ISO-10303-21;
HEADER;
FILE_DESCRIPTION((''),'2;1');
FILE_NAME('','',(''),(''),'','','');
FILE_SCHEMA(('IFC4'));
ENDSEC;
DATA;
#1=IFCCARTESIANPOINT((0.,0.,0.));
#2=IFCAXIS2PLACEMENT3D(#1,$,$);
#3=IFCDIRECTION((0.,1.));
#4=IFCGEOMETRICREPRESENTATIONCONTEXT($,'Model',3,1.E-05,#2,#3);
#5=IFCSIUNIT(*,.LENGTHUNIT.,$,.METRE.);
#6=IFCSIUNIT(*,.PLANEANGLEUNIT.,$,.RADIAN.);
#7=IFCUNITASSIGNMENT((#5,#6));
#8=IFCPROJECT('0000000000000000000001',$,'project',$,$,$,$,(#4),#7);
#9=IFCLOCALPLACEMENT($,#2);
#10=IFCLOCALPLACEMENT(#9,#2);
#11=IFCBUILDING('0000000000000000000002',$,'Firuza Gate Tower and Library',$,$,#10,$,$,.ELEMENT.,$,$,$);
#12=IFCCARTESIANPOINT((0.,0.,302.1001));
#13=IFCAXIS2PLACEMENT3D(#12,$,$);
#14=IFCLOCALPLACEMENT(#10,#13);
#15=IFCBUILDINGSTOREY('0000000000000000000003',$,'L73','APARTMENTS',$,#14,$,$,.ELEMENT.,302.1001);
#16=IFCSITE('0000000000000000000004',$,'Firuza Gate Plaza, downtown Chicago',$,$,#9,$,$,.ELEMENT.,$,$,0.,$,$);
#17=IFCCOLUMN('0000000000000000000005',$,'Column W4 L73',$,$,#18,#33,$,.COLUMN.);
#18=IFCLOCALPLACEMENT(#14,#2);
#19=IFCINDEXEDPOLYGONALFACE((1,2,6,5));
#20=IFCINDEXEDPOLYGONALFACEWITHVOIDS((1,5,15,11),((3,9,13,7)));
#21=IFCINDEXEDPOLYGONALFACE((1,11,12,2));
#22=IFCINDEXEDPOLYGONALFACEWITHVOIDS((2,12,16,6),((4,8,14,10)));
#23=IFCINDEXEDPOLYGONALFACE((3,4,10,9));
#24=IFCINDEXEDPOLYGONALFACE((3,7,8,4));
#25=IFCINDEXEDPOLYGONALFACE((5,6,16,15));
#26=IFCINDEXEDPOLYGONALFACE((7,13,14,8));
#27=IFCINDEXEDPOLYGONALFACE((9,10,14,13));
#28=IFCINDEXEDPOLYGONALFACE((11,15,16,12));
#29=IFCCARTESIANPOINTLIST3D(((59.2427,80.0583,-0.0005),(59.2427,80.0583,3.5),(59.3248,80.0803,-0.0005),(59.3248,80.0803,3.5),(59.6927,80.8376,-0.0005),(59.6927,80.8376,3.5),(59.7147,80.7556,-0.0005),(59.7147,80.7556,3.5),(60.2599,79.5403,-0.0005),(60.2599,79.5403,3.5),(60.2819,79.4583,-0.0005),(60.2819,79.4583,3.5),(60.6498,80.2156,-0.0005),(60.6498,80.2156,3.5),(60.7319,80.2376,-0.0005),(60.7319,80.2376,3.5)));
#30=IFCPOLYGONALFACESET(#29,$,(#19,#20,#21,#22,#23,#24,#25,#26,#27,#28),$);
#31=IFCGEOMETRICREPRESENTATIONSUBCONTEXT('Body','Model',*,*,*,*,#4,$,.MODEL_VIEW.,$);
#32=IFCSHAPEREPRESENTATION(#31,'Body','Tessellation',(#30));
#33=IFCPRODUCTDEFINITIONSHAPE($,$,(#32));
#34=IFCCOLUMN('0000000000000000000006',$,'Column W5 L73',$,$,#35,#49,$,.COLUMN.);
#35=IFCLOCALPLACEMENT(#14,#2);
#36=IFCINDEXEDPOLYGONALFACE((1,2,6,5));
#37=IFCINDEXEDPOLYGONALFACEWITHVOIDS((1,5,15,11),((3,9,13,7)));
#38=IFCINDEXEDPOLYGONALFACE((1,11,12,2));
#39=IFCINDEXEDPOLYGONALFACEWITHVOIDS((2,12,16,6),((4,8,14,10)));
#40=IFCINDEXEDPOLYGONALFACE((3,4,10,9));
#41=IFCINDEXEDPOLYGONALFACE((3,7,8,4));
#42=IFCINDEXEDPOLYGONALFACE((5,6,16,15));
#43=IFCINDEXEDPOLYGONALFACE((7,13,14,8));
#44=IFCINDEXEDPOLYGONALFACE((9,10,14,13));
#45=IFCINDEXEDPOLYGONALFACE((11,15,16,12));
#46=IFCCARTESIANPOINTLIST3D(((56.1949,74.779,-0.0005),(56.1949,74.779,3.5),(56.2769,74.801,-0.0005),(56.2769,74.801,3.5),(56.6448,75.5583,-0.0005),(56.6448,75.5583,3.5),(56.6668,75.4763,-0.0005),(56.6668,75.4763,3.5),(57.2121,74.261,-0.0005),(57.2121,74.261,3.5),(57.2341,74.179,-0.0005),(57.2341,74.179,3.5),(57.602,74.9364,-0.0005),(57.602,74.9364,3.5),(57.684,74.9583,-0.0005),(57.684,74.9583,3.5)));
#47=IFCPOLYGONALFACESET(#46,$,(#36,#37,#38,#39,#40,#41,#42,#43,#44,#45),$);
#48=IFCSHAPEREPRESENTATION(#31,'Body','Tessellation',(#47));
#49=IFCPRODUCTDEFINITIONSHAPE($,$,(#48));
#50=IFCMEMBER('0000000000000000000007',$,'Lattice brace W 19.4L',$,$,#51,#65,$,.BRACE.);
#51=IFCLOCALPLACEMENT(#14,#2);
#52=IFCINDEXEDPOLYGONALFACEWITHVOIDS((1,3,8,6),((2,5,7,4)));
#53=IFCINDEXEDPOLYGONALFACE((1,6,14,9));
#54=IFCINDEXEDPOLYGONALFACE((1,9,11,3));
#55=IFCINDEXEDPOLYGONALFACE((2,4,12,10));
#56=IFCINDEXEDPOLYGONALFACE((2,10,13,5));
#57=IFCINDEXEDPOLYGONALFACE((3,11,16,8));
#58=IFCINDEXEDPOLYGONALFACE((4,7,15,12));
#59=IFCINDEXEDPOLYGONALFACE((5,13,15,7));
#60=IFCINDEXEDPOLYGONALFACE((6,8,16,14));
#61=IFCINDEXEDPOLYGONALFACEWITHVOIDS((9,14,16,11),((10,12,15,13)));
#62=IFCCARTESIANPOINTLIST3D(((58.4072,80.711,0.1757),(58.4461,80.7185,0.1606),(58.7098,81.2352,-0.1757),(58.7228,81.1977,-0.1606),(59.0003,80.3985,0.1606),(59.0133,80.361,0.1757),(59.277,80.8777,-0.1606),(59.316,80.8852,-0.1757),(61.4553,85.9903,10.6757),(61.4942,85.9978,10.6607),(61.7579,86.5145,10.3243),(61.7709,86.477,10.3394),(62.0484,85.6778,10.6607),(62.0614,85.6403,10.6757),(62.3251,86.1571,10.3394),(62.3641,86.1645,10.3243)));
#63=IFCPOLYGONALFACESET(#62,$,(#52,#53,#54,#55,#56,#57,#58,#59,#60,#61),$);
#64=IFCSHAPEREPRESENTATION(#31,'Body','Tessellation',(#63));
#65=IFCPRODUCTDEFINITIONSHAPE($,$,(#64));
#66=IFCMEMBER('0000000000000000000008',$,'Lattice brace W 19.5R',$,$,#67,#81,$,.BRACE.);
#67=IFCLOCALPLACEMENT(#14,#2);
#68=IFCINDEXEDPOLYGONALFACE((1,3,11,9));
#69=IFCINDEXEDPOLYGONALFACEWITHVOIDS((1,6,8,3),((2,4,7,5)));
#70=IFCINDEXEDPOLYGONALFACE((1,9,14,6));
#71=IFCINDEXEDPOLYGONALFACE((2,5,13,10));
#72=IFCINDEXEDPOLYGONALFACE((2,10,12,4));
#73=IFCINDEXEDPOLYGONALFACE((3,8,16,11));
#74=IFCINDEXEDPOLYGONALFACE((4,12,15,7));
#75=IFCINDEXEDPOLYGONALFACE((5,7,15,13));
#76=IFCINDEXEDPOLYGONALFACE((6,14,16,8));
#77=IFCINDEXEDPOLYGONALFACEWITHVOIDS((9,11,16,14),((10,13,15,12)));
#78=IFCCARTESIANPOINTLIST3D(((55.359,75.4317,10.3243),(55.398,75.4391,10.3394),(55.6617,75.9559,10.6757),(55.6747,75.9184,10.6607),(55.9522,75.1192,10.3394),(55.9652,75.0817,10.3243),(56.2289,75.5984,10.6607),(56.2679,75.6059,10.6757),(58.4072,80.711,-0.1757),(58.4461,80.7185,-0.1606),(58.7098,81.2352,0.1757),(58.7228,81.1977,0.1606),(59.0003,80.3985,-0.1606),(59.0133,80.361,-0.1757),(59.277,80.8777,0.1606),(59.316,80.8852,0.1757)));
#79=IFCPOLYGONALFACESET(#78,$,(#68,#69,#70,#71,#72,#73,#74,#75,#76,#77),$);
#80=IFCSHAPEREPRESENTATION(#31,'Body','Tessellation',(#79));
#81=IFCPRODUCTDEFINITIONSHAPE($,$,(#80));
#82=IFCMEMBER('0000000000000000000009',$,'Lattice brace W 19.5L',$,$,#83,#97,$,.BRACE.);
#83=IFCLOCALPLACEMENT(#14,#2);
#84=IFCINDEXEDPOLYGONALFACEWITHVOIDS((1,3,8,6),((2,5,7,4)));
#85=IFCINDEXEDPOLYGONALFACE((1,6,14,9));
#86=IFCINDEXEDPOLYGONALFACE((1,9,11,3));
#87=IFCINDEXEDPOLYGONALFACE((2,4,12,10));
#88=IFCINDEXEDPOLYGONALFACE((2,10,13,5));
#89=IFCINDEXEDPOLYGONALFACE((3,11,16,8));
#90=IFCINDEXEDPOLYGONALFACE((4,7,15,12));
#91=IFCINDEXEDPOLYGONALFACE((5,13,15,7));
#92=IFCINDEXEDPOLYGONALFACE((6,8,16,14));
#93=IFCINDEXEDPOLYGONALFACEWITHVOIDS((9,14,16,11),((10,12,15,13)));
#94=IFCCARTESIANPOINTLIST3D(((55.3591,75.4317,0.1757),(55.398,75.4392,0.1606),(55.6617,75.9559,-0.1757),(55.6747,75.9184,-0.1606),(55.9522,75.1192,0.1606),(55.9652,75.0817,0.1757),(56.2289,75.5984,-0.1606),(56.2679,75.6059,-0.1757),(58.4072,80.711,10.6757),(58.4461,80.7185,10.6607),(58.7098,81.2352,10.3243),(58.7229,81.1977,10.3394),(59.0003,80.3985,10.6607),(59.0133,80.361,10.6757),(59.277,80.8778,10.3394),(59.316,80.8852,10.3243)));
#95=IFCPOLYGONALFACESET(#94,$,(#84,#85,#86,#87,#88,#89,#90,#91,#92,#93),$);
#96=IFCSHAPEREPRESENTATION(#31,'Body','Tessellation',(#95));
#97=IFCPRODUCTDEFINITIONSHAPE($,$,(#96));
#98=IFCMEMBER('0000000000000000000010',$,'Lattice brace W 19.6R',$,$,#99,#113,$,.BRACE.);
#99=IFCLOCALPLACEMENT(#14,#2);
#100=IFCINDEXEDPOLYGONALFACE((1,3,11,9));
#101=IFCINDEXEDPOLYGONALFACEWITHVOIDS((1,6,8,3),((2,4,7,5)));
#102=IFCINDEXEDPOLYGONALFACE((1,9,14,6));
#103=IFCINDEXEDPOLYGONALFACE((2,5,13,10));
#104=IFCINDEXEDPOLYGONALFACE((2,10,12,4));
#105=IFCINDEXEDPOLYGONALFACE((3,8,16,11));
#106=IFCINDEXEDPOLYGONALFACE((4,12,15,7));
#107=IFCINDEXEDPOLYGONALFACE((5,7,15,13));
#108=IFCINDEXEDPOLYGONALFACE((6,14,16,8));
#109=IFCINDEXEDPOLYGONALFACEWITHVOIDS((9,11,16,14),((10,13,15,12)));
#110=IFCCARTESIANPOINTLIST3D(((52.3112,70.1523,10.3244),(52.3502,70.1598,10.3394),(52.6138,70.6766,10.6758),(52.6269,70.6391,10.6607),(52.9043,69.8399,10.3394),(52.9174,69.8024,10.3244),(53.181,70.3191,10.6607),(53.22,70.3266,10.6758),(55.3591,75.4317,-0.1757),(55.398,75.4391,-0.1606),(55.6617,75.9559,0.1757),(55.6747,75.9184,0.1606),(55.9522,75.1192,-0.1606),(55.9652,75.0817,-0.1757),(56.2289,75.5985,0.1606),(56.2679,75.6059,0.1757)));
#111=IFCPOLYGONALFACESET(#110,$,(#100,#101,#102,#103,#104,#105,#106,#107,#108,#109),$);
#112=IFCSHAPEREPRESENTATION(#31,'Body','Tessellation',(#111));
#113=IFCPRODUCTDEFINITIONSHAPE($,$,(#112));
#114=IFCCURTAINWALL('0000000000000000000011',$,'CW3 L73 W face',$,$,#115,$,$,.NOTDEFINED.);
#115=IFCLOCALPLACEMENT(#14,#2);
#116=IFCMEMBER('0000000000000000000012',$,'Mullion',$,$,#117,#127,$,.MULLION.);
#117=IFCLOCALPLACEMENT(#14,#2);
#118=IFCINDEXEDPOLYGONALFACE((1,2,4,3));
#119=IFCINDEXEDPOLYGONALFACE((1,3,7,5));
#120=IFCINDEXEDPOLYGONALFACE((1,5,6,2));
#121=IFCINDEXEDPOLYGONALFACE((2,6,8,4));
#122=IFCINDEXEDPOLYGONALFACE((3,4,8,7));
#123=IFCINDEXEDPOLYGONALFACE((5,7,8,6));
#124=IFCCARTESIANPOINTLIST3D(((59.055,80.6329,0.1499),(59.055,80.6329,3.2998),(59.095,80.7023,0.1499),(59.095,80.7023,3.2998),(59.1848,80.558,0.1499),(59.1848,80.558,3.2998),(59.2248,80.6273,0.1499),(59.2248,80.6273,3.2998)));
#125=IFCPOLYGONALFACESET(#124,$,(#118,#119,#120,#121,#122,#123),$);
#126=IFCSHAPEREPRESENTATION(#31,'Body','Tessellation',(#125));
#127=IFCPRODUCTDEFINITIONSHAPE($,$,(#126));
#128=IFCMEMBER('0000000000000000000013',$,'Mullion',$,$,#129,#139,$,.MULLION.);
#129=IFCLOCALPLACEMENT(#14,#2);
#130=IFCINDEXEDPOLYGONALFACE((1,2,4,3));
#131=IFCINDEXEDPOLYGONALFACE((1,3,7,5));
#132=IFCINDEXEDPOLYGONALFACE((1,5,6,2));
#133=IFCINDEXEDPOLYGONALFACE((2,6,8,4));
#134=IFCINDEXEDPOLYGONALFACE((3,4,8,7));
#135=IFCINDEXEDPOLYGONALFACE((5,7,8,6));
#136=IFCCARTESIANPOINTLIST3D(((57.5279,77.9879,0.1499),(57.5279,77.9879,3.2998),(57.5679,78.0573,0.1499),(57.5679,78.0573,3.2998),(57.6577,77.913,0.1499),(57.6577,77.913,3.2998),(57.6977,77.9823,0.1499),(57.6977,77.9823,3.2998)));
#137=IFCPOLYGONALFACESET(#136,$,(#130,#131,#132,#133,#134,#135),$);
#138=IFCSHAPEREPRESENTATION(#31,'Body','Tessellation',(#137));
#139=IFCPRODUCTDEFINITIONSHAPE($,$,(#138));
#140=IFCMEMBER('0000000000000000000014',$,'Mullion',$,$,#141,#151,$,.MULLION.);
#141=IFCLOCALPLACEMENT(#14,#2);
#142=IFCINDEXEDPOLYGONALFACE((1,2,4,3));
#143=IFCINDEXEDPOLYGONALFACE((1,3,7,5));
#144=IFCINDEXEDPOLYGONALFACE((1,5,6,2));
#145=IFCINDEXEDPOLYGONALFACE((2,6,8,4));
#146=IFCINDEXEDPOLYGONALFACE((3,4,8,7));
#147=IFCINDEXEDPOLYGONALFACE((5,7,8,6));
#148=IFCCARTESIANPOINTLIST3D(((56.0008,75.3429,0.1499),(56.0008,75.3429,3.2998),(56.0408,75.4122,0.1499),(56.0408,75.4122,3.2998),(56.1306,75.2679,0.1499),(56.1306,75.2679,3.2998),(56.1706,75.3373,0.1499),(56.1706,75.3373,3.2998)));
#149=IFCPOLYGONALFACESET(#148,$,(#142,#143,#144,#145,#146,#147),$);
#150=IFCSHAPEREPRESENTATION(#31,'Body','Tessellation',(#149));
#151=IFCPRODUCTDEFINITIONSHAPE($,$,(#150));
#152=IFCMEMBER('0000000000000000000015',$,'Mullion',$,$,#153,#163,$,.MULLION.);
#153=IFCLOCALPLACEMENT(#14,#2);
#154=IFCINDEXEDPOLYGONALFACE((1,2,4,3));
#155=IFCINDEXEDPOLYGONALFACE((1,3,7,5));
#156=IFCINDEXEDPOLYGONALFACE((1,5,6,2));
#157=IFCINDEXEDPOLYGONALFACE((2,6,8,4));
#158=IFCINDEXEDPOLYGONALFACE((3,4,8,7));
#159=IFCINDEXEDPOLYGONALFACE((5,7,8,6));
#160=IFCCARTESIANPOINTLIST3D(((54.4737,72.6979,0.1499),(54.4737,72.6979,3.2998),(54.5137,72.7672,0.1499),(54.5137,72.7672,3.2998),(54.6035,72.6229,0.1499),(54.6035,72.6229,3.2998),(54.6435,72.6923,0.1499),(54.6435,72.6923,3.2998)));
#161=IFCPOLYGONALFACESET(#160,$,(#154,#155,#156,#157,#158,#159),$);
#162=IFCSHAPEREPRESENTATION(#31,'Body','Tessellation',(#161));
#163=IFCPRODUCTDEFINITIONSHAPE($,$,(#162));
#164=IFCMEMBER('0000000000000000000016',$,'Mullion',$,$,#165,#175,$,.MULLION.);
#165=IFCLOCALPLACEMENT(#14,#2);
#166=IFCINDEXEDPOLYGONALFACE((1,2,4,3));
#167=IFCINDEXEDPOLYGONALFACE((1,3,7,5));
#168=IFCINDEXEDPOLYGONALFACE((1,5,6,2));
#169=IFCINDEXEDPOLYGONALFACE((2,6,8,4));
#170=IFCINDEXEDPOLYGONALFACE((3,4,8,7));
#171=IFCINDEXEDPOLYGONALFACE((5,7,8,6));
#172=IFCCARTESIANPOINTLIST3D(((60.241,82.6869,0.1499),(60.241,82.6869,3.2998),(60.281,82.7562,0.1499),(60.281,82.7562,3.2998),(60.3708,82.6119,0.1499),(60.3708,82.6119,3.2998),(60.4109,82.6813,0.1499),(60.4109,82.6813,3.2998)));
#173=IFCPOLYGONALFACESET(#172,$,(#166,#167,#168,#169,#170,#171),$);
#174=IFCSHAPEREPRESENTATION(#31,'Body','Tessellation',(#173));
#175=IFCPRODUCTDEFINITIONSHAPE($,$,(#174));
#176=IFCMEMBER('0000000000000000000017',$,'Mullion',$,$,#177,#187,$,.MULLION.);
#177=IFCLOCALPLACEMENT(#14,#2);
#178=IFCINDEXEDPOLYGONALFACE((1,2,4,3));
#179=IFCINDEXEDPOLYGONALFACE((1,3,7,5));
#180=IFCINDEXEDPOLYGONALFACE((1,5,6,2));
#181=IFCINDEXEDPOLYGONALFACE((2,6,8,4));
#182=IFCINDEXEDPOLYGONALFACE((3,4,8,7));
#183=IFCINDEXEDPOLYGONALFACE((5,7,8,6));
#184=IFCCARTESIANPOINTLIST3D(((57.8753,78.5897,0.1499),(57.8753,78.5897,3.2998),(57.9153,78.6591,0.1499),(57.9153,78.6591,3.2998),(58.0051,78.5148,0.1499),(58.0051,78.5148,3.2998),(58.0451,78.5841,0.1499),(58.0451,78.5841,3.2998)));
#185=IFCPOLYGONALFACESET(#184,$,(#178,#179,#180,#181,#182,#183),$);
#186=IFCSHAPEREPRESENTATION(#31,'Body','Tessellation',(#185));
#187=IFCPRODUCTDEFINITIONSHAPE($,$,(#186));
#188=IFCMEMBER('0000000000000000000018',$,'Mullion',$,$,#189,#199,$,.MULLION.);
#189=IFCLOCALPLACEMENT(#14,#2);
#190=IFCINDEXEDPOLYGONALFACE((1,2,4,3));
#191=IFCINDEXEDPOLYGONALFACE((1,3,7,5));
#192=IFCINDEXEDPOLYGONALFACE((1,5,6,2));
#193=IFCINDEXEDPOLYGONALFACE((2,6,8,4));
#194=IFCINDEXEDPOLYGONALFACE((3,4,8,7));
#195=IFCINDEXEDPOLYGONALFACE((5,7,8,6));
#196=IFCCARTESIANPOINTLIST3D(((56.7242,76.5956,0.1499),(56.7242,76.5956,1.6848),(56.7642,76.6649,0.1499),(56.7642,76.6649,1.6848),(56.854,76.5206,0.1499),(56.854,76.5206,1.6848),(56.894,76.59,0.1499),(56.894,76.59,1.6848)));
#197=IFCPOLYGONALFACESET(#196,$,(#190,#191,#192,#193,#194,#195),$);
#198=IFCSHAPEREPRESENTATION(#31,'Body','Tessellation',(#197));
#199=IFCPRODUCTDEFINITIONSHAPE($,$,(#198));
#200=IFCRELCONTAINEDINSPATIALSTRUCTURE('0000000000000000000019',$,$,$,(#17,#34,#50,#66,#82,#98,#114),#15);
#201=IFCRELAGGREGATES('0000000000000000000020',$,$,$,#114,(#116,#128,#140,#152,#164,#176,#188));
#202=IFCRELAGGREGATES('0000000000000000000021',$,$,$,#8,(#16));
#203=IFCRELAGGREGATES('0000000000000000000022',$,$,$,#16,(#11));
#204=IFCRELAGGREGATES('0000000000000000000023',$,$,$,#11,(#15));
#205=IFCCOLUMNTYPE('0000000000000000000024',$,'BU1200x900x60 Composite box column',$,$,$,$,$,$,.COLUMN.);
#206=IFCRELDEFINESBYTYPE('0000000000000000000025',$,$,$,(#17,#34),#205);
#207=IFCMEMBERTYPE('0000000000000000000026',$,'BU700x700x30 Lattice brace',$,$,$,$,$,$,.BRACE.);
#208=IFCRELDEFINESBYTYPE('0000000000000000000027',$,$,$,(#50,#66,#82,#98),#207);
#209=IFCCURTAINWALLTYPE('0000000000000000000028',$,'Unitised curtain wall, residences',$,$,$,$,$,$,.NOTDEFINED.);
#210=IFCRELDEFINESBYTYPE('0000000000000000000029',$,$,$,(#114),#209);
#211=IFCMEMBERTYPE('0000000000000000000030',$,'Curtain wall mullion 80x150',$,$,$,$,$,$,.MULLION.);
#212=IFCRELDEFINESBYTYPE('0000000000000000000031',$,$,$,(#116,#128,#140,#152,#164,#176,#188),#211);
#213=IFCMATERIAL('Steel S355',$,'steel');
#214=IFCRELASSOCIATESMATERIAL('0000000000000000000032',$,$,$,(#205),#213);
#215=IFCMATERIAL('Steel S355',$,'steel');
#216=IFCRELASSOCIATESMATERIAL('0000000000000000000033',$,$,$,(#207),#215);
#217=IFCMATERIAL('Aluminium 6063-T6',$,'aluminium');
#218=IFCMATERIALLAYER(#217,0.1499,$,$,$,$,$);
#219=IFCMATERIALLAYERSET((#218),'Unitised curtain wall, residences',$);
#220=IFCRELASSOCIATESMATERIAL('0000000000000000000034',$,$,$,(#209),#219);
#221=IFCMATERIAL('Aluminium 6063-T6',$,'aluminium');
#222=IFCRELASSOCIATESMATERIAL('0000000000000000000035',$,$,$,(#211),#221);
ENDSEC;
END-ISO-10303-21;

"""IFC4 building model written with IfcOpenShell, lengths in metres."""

from ifc_helpers import new_model, si_unit, direction, frame, origin, origin_2d, place, context, subcontext, project, spatial, rectangle, hollow_rectangle, extrude, material, layer, layer_set, material_profile, profile_set, type_object, element, aggregate, save


model = new_model("IFC4")

# Units and contexts
model_context = context("Model", 3, precision=1e-05, world=origin(), true_north=direction((0.0, 1.0)))
body_context = subcontext(model_context, "Body", "Model", "MODEL_VIEW")
ifc_project = project(units=[si_unit("LENGTHUNIT", "METRE"), si_unit("PLANEANGLEUNIT", "RADIAN")], contexts=[model_context])

# Site, building, storey
site_placement = place(None, origin())
site = spatial("IfcSite", under=ifc_project, at=site_placement, Name="Firuza Gate Plaza, downtown Chicago", CompositionType="ELEMENT", RefElevation=0.0)
building_placement = place(site_placement, origin())
building = spatial("IfcBuilding", under=site, at=building_placement, Name="Firuza Gate Tower and Library", CompositionType="ELEMENT")
storey_placement = place(building_placement, frame((0.0, 0.0, 302.1001)))
storey = spatial("IfcBuildingStorey", under=building, at=storey_placement, Name="L73", Description="APARTMENTS", CompositionType="ELEMENT", Elevation=302.1001)

# Columns
ifc_material_1 = material(Name="Steel S355", Category="steel")
ifc_material_profile_1 = material_profile(ifc_material_1, hollow_rectangle(XDim=0.8999, YDim=1.2, WallThickness=0.0601, at=origin_2d()))
ifc_profile_set_1 = profile_set([ifc_material_profile_1], Name="Steel S355")
column_type = type_object("IfcColumnType", Name="BU1200x900x60 Composite box column", PredefinedType="COLUMN", material=ifc_profile_set_1)
for number, where, z_axis, x_axis, name in (
    (1, (59.9873, 80.1479, -0.0005), (0.0, 0.0, 1.0), (-0.5, -0.866025, 0.0), "Column W4 L73"),
    (2, (56.9395, 74.8687, -0.0005), (0.0, 0.0, 1.0), (-0.5, -0.866025, 0.0), "Column W5 L73"),
):
    element("IfcColumn", number, at=place(storey_placement, frame(where, z_axis=z_axis, x_axis=x_axis)), inside=storey, type_object=column_type, Name=name, PredefinedType="COLUMN", context=body_context, shape_type="SweptSolid", body=[
        extrude(hollow_rectangle(XDim=0.8999, YDim=1.2, WallThickness=0.0601, at=origin_2d()), origin(), (0.0, 0.0, 1.0), 3.5005),
    ])

# Members
ifc_material_2 = material(Name="Steel S355", Category="steel")
ifc_material_profile_2 = material_profile(ifc_material_2, hollow_rectangle(XDim=0.7, YDim=0.7, WallThickness=0.03, at=origin_2d()))
ifc_profile_set_2 = profile_set([ifc_material_profile_2], Name="Steel S355")
member_type_1 = type_object("IfcMemberType", Name="BU700x700x30 Lattice brace", PredefinedType="BRACE", material=ifc_profile_set_2)
for number, where, z_axis, x_axis, name in (
    (3, (58.8616, 80.7981, 0.0), (0.251051, 0.43482, 0.864815), (-0.866019, 0.500011, 0.0), "Lattice brace W 19.4L"),
    (4, (58.8616, 80.7981, 0.0), (-0.251051, -0.43482, 0.864815), (0.866019, -0.500011, 0.0), "Lattice brace W 19.5R"),
    (5, (55.8135, 75.5188, 0.0), (0.251051, 0.43482, 0.864815), (-0.866019, 0.500011, 0.0), "Lattice brace W 19.5L"),
    (6, (55.8135, 75.5188, 0.0), (-0.251032, -0.434823, 0.864819), (0.866036, -0.499981, 0.0), "Lattice brace W 19.6R"),
):
    element("IfcMember", number, at=place(storey_placement, frame(where, z_axis=z_axis, x_axis=x_axis)), inside=storey, type_object=member_type_1, Name=name, PredefinedType="BRACE", context=body_context, shape_type="SweptSolid", body=[
        extrude(hollow_rectangle(XDim=0.7, YDim=0.7, WallThickness=0.03, at=origin_2d()), origin(), (0.0, 0.0, 1.0), 12.1414),
    ])

# Curtain wall, members
ifc_material_3 = material(Name="Aluminium 6063-T6", Category="aluminium")
ifc_layer_1 = layer(ifc_material_3, 0.1499)
ifc_layer_set_1 = layer_set([ifc_layer_1], Name="Unitised curtain wall, residences")
curtain_wall_type = type_object("IfcCurtainWallType", Name="Unitised curtain wall, residences", PredefinedType="NOTDEFINED", material=ifc_layer_set_1)
curtain_wall_placement = place(storey_placement, origin())
curtain_wall = element("IfcCurtainWall", 7, at=curtain_wall_placement, inside=storey, type_object=curtain_wall_type, Name="CW3 L73 W face", PredefinedType="NOTDEFINED")
ifc_material_4 = material(Name="Aluminium 6063-T6", Category="aluminium")
ifc_material_profile_3 = material_profile(ifc_material_4, rectangle(XDim=0.1499, YDim=0.0801, at=origin_2d()))
ifc_profile_set_3 = profile_set([ifc_material_profile_3], Name="Aluminium 6063-T6")
member_type_2 = type_object("IfcMemberType", Name="Curtain wall mullion 80x150", PredefinedType="MULLION", material=ifc_profile_set_3)
member_1_placement = place(storey_placement, frame((59.1399, 80.6301, 0.1499), z_axis=(0.0, 0.0, 1.0), x_axis=(0.866025, -0.5, 0.0)))
member_1 = element("IfcMember", 8, at=member_1_placement, type_object=member_type_2, Name="Mullion", PredefinedType="MULLION", context=body_context, shape_type="SweptSolid", body=[
    extrude(rectangle(XDim=0.1499, YDim=0.0801, at=origin_2d()), origin(), (0.0, 0.0, 1.0), 3.1499),
])
member_2_placement = place(storey_placement, frame((57.6128, 77.9851, 0.1499), z_axis=(0.0, 0.0, 1.0), x_axis=(0.866025, -0.5, 0.0)))
member_2 = element("IfcMember", 9, at=member_2_placement, type_object=member_type_2, Name="Mullion", PredefinedType="MULLION", context=body_context, shape_type="SweptSolid", body=[
    extrude(rectangle(XDim=0.1499, YDim=0.0801, at=origin_2d()), origin(), (0.0, 0.0, 1.0), 3.1499),
])
member_3_placement = place(storey_placement, frame((56.0857, 75.3401, 0.1499), z_axis=(0.0, 0.0, 1.0), x_axis=(0.866025, -0.5, 0.0)))
member_3 = element("IfcMember", 10, at=member_3_placement, type_object=member_type_2, Name="Mullion", PredefinedType="MULLION", context=body_context, shape_type="SweptSolid", body=[
    extrude(rectangle(XDim=0.1499, YDim=0.0801, at=origin_2d()), origin(), (0.0, 0.0, 1.0), 3.1499),
])
member_4_placement = place(storey_placement, frame((54.5586, 72.6951, 0.1499), z_axis=(0.0, 0.0, 1.0), x_axis=(0.866025, -0.5, 0.0)))
member_4 = element("IfcMember", 11, at=member_4_placement, type_object=member_type_2, Name="Mullion", PredefinedType="MULLION", context=body_context, shape_type="SweptSolid", body=[
    extrude(rectangle(XDim=0.1499, YDim=0.0801, at=origin_2d()), origin(), (0.0, 0.0, 1.0), 3.1499),
])
member_5_placement = place(storey_placement, frame((60.3259, 82.6841, 0.1499), z_axis=(0.0, 0.0, 1.0), x_axis=(0.866025, -0.5, 0.0)))
member_5 = element("IfcMember", 12, at=member_5_placement, type_object=member_type_2, Name="Mullion", PredefinedType="MULLION", context=body_context, shape_type="SweptSolid", body=[
    extrude(rectangle(XDim=0.1499, YDim=0.0801, at=origin_2d()), origin(), (0.0, 0.0, 1.0), 3.1499),
])
member_6_placement = place(storey_placement, frame((57.9602, 78.5869, 0.1499), z_axis=(0.0, 0.0, 1.0), x_axis=(0.866025, -0.5, 0.0)))
member_6 = element("IfcMember", 13, at=member_6_placement, type_object=member_type_2, Name="Mullion", PredefinedType="MULLION", context=body_context, shape_type="SweptSolid", body=[
    extrude(rectangle(XDim=0.1499, YDim=0.0801, at=origin_2d()), origin(), (0.0, 0.0, 1.0), 3.1499),
])
member_7_placement = place(storey_placement, frame((56.8091, 76.5928, 0.1499), z_axis=(0.0, 0.0, 1.0), x_axis=(0.866025, -0.5, 0.0)))
member_7 = element("IfcMember", 14, at=member_7_placement, type_object=member_type_2, Name="Mullion", PredefinedType="MULLION", context=body_context, shape_type="SweptSolid", body=[
    extrude(rectangle(XDim=0.1499, YDim=0.0801, at=origin_2d()), origin(), (0.0, 0.0, 1.0), 1.5349),
])

aggregate(curtain_wall, [member_1, member_2, member_3, member_4, member_5, member_6, member_7])

save(model, "model.ifc")
